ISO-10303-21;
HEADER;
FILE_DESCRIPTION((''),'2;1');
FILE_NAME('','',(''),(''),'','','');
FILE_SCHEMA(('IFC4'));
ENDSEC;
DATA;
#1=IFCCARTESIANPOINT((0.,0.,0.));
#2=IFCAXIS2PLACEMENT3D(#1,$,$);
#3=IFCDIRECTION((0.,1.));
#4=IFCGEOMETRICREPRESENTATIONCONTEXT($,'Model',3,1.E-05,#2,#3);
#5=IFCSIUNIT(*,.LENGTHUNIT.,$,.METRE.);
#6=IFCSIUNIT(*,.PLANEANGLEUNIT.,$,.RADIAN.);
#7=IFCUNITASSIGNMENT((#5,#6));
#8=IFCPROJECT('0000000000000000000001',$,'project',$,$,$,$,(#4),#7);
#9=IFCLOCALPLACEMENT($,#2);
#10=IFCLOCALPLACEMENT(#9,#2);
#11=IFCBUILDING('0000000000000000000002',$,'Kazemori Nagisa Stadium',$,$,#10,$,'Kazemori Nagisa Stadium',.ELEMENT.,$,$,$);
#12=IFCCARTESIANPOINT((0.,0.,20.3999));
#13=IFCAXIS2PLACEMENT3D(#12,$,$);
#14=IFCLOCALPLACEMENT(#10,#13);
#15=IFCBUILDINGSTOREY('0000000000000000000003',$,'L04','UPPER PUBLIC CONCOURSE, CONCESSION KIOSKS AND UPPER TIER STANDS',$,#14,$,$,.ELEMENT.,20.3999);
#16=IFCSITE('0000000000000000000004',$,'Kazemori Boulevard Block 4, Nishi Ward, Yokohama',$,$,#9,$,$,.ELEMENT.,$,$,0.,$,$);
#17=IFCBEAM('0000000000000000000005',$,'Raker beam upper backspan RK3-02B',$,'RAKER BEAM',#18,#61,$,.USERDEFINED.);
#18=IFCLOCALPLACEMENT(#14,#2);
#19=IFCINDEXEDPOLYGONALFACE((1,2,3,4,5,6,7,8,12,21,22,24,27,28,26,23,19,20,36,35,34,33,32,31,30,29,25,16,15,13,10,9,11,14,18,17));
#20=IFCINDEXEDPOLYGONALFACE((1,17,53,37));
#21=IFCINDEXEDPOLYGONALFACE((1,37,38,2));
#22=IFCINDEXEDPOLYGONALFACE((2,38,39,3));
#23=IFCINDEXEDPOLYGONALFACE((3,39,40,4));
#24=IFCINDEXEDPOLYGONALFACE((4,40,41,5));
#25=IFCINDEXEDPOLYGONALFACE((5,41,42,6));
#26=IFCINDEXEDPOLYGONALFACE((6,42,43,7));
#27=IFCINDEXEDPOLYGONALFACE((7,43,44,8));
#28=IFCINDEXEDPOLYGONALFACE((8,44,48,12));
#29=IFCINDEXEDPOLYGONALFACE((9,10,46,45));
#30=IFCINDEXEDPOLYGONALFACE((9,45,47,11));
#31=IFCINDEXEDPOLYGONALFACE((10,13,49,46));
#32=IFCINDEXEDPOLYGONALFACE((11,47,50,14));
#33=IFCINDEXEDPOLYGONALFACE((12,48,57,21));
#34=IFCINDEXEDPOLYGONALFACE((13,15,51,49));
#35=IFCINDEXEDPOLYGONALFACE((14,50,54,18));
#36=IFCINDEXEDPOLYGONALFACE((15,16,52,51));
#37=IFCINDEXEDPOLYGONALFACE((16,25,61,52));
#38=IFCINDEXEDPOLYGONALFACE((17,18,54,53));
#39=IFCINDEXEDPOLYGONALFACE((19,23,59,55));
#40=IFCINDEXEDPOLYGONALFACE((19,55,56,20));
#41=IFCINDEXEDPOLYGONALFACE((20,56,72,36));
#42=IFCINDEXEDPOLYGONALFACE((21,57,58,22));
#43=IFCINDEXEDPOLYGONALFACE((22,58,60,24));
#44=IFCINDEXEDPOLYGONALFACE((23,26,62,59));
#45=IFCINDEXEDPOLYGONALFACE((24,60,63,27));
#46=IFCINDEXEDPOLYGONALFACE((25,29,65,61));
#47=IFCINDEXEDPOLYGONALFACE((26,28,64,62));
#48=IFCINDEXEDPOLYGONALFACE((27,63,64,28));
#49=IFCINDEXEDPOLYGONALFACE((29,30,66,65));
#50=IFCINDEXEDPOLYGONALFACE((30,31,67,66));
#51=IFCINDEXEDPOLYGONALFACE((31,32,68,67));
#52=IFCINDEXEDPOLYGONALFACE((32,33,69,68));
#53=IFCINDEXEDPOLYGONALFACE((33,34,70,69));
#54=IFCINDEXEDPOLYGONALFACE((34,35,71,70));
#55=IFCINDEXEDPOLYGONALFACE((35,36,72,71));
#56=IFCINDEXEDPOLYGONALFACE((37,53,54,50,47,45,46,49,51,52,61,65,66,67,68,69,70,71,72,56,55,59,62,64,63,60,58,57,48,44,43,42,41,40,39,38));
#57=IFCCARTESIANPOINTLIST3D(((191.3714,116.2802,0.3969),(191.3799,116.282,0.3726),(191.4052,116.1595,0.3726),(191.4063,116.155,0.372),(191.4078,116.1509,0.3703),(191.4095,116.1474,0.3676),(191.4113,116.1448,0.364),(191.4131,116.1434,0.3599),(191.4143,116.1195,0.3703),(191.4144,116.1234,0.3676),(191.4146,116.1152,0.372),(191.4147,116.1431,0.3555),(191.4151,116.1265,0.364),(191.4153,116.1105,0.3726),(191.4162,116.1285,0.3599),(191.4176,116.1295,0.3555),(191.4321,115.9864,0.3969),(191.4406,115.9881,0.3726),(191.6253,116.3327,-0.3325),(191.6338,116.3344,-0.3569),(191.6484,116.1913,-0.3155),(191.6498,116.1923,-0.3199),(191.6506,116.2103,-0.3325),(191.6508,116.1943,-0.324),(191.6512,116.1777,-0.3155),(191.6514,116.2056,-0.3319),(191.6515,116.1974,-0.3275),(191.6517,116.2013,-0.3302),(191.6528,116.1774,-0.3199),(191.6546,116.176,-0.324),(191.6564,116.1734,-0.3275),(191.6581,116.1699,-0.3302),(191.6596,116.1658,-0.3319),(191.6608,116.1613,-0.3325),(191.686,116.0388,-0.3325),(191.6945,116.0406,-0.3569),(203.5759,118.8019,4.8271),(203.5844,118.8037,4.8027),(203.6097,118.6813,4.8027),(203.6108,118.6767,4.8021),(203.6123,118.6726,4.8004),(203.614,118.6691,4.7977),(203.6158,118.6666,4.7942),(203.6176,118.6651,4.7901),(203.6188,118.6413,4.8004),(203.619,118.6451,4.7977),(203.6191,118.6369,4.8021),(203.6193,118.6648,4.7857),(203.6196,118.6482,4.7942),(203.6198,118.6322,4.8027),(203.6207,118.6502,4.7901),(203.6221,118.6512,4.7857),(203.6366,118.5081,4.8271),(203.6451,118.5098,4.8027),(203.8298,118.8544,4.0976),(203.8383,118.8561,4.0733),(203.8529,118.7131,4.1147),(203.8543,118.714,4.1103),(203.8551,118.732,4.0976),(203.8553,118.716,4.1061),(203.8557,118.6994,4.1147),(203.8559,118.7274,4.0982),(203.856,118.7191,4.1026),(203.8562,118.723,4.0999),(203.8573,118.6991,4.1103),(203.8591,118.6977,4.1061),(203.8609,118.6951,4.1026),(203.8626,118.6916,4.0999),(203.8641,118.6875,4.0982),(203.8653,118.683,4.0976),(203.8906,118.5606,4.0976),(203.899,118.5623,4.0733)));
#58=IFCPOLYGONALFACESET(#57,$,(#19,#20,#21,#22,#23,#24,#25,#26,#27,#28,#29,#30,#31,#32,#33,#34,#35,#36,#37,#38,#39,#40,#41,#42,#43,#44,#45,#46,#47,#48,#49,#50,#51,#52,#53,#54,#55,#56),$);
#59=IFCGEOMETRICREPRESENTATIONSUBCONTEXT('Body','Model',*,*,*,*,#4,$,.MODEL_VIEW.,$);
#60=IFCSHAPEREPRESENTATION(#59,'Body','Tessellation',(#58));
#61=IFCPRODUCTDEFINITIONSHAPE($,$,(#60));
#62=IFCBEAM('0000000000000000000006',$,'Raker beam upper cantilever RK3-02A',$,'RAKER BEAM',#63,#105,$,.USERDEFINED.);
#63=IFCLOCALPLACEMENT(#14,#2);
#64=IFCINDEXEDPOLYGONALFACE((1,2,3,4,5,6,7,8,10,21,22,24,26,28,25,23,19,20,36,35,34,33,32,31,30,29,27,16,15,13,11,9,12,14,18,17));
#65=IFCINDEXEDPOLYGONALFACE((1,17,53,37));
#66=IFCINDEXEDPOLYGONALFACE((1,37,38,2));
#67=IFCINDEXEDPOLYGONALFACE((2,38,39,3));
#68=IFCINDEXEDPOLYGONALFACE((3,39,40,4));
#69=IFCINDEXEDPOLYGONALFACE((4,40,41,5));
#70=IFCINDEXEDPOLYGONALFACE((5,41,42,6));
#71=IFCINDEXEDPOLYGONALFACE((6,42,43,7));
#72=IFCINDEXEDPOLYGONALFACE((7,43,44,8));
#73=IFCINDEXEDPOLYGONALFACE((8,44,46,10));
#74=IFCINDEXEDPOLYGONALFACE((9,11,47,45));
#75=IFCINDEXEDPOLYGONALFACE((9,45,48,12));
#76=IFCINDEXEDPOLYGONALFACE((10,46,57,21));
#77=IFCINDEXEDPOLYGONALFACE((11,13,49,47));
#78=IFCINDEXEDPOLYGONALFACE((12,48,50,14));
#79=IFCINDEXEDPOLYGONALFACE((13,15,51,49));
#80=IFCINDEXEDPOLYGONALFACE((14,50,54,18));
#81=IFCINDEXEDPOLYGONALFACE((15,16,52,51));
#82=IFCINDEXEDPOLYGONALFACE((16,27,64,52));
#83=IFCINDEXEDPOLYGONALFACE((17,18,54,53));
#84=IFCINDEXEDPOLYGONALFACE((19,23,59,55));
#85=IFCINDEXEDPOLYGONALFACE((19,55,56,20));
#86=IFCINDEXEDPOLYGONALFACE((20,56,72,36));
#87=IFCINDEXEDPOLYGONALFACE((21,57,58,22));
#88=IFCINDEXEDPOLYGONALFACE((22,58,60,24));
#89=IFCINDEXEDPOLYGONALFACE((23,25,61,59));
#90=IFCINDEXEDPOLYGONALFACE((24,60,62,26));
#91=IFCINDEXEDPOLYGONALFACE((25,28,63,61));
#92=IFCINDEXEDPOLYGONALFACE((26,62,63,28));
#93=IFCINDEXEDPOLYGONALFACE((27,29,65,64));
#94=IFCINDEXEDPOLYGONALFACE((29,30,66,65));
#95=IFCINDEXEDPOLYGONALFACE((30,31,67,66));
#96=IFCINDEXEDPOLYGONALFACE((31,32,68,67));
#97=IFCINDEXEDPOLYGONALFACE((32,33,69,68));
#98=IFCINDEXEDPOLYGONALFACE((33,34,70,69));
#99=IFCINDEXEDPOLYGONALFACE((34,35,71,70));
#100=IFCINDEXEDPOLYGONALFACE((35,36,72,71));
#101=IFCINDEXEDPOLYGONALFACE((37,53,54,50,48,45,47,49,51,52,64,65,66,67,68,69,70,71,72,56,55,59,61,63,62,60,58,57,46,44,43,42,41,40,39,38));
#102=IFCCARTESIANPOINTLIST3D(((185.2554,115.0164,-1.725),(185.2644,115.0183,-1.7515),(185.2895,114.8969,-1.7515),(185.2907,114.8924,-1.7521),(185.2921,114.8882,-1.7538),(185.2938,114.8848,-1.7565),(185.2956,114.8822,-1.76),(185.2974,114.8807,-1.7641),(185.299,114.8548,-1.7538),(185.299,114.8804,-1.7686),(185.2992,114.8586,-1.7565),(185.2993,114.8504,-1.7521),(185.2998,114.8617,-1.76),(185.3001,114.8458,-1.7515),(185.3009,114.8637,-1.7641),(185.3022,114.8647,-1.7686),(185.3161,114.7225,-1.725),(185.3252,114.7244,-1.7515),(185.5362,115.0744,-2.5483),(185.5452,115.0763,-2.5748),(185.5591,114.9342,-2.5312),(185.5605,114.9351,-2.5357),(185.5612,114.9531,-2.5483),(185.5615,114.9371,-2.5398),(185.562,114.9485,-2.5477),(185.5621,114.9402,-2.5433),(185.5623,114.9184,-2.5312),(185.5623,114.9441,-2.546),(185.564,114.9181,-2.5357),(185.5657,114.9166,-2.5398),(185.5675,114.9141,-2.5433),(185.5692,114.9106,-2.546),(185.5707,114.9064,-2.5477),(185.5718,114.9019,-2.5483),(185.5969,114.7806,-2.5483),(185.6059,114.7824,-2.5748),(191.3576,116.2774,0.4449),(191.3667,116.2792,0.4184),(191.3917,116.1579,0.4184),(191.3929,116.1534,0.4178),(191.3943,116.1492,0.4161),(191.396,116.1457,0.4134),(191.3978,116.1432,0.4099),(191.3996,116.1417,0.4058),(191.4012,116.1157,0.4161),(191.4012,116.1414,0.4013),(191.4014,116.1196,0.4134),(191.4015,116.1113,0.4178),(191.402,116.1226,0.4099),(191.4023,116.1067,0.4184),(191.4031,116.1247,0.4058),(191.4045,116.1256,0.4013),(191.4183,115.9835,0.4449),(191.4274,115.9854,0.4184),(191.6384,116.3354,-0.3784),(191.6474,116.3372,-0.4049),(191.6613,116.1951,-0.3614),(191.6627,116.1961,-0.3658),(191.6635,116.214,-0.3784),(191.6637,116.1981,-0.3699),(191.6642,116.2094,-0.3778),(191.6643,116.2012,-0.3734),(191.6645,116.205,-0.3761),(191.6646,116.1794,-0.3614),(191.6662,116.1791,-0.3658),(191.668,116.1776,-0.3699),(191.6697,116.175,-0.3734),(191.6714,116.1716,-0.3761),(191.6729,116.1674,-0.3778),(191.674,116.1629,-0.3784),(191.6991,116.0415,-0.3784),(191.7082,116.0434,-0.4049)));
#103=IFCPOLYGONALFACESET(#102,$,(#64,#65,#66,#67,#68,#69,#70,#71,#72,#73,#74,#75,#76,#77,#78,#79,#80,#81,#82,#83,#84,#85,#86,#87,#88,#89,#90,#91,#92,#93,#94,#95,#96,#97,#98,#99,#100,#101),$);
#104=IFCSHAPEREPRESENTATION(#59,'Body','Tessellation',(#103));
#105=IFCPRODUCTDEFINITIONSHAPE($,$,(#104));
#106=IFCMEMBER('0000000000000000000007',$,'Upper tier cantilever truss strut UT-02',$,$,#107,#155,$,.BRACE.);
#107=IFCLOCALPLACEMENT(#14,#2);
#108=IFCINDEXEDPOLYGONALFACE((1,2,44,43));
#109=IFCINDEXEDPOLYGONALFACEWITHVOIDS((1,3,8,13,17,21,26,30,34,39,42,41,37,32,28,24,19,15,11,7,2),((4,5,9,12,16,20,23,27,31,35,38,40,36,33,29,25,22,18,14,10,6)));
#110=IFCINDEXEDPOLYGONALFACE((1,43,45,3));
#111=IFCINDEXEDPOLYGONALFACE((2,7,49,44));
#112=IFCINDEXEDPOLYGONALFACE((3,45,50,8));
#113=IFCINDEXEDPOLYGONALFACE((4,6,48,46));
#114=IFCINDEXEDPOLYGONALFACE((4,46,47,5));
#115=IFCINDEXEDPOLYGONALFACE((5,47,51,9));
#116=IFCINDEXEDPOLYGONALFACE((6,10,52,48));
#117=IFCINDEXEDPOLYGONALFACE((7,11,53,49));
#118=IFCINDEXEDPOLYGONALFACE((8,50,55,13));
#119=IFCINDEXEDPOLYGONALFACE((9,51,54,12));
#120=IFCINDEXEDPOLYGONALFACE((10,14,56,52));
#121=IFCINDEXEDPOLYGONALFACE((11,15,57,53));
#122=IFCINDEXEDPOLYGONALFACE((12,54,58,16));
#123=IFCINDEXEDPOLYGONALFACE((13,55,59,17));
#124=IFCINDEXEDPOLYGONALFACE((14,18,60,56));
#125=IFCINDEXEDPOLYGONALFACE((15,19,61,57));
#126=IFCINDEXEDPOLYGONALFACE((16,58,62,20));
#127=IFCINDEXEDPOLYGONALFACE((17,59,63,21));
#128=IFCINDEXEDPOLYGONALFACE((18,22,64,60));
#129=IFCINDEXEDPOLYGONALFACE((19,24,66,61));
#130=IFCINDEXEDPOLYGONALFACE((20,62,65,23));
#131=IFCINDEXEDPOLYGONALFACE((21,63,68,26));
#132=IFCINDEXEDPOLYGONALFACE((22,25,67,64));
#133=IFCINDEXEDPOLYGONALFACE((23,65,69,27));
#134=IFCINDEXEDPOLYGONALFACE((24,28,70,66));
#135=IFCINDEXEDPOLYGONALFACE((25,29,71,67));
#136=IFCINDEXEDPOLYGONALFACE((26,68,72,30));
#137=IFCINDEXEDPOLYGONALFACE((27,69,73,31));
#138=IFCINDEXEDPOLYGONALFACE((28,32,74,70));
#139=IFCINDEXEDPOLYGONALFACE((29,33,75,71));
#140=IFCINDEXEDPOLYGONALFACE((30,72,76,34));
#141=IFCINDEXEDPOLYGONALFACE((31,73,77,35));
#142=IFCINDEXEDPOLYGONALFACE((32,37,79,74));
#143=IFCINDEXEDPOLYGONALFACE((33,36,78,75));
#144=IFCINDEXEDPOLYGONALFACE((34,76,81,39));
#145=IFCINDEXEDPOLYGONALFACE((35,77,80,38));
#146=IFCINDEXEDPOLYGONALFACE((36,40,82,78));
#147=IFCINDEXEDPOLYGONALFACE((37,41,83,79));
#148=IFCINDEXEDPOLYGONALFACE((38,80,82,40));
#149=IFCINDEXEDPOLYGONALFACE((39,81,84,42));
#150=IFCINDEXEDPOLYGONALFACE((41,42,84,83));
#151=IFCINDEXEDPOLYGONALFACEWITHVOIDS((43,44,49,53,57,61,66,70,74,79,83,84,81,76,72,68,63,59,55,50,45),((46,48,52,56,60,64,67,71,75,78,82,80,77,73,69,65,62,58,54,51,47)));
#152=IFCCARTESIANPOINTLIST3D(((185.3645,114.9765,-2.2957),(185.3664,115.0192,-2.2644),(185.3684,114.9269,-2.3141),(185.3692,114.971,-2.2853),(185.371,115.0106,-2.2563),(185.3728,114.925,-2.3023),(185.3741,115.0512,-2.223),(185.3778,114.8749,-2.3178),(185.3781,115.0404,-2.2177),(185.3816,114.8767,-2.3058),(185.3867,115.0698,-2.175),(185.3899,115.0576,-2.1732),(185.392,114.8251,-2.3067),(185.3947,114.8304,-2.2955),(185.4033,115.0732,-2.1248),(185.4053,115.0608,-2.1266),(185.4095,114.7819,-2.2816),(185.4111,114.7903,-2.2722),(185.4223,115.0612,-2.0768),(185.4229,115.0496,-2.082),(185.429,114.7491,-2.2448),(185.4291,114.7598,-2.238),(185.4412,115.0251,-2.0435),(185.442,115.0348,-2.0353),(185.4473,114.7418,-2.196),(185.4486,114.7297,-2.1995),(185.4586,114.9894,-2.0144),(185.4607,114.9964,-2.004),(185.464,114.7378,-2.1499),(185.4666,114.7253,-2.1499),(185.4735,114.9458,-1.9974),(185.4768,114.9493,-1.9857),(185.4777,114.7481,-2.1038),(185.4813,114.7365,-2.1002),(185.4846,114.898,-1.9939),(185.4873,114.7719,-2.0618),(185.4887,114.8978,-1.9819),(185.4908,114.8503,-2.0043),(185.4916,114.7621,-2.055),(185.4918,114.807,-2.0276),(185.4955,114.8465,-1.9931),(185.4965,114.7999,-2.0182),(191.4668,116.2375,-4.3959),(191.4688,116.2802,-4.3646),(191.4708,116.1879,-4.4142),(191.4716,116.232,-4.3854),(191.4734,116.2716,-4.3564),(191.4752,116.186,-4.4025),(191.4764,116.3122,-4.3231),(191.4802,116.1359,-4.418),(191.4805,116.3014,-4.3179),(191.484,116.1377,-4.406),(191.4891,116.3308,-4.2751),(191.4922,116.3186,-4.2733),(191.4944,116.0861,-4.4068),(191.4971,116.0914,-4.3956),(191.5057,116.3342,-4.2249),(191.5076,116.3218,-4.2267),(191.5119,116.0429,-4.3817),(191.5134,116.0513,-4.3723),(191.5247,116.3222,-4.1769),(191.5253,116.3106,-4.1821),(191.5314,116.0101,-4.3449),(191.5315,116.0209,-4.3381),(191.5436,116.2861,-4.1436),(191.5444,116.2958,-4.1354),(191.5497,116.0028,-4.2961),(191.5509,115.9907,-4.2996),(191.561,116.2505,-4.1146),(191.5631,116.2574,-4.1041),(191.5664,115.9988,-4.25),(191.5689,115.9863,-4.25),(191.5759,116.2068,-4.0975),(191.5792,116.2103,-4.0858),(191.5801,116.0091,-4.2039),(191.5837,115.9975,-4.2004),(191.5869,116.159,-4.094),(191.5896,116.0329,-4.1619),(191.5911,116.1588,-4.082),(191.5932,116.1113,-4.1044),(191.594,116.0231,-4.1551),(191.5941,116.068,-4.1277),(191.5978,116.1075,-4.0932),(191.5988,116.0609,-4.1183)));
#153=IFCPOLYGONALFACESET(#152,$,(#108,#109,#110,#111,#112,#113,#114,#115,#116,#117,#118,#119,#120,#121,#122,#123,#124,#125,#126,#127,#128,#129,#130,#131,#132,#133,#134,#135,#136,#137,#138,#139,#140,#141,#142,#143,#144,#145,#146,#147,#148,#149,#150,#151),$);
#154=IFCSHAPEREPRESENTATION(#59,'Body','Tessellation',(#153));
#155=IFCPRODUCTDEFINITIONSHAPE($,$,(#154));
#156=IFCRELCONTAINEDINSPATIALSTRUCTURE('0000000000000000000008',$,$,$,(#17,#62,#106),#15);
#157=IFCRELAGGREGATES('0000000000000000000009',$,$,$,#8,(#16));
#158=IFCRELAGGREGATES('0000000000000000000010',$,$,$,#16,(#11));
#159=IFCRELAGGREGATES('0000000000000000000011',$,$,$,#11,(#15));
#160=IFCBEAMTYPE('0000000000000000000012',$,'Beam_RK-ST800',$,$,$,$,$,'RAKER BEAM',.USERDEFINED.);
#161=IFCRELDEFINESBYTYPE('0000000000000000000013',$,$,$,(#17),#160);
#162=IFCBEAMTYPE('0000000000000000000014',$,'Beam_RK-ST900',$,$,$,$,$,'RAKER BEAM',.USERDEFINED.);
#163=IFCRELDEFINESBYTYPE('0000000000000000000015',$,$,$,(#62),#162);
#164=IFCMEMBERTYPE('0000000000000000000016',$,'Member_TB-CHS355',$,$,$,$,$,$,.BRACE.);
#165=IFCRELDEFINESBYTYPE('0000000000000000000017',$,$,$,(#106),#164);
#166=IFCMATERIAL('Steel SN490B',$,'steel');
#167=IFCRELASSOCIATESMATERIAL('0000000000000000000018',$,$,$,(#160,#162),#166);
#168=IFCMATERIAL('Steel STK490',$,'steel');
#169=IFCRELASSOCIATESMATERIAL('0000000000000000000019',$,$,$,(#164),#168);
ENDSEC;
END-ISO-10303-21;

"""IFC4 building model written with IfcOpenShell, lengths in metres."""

from ifc_helpers import new_model, si_unit, direction, frame, origin, origin_2d, place, context, subcontext, project, spatial, hollow_circle, i_section, extrude, material, material_profile, profile_set, type_object, element, save


model = new_model("IFC4")

# Units and contexts
model_context = context("Model", 3, precision=1e-05, world=origin(), true_north=direction((0.0, 1.0)))
body_context = subcontext(model_context, "Body", "Model", "MODEL_VIEW")
ifc_project = project(units=[si_unit("LENGTHUNIT", "METRE"), si_unit("PLANEANGLEUNIT", "RADIAN")], contexts=[model_context])

# Site, building, storey
site_placement = place(None, origin())
site = spatial("IfcSite", under=ifc_project, at=site_placement, Name="Kazemori Boulevard Block 4, Nishi Ward, Yokohama", CompositionType="ELEMENT", RefElevation=0.0)
building_placement = place(site_placement, origin())
building = spatial("IfcBuilding", under=site, at=building_placement, Name="Kazemori Nagisa Stadium", LongName="Kazemori Nagisa Stadium", CompositionType="ELEMENT")
storey_placement = place(building_placement, frame((0.0, 0.0, 20.3999)))
storey = spatial("IfcBuildingStorey", under=building, at=storey_placement, Name="L04", Description="UPPER PUBLIC CONCOURSE, CONCESSION KIOSKS AND UPPER TIER STANDS", CompositionType="ELEMENT", Elevation=20.3999)

# Beams
ifc_material_1 = material(Name="Steel SN490B", Category="steel")
ifc_material_profile_1 = material_profile(ifc_material_1, i_section(OverallWidth=0.3, OverallDepth=0.8, WebThickness=0.0139, FlangeThickness=0.0259, FilletRadius=0.0181, at=origin_2d()), Name="H-800x300x14x26")
ifc_profile_set_1 = profile_set([ifc_material_profile_1], Name="Steel SN490B")
beam_type_1 = type_object("IfcBeamType", Name="Beam_RK-ST800", ElementType="RAKER BEAM", PredefinedType="USERDEFINED", material=ifc_profile_set_1)
beam_1_placement = place(storey_placement, frame((191.533, 116.1604, 0.02), z_axis=(0.922745, 0.190659, 0.33495), x_axis=(-0.202347, 0.979314, 0.0)))
element("IfcBeam", 1, at=beam_1_placement, inside=storey, type_object=beam_type_1, Name="Raker beam upper backspan RK3-02B", ObjectType="RAKER BEAM", PredefinedType="USERDEFINED", context=body_context, shape_type="SweptSolid", body=[
    extrude(i_section(OverallWidth=0.3, OverallDepth=0.8, WebThickness=0.0139, FlangeThickness=0.0259, FilletRadius=0.0181, at=origin_2d()), origin(), (0.0, 0.0, 1.0), 13.2263),
])
ifc_material_profile_2 = material_profile(ifc_material_1, i_section(OverallWidth=0.3, OverallDepth=0.8999, WebThickness=0.0161, FlangeThickness=0.0281, FilletRadius=0.0181, at=origin_2d()), Name="H-900x300x16x28")
ifc_profile_set_2 = profile_set([ifc_material_profile_2], Name="Steel SN490B")
beam_type_2 = type_object("IfcBeamType", Name="Beam_RK-ST900", ElementType="RAKER BEAM", PredefinedType="USERDEFINED", material=ifc_profile_set_2)
beam_2_placement = place(storey_placement, frame((185.4307, 114.8994, -2.1499), z_axis=(0.924838, 0.19111, 0.328864), x_axis=(-0.202366, 0.97931, 0.0)))
element("IfcBeam", 2, at=beam_2_placement, inside=storey, type_object=beam_type_2, Name="Raker beam upper cantilever RK3-02A", ObjectType="RAKER BEAM", PredefinedType="USERDEFINED", context=body_context, shape_type="SweptSolid", body=[
    extrude(i_section(OverallWidth=0.3, OverallDepth=0.8999, WebThickness=0.0161, FlangeThickness=0.0281, FilletRadius=0.0181, at=origin_2d()), origin(), (0.0, 0.0, 1.0), 6.5981),
])

# Member
ifc_material_2 = material(Name="Steel STK490", Category="steel")
ifc_material_profile_3 = material_profile(ifc_material_2, hollow_circle(Radius=0.1777, WallThickness=0.0127, at=origin_2d()), Name="CHS-355.6x12.7")
ifc_profile_set_3 = profile_set([ifc_material_profile_3], Name="Steel STK490")
member_type = type_object("IfcMemberType", Name="Member_TB-CHS355", PredefinedType="BRACE", material=ifc_profile_set_3)
member_placement = place(storey_placement, frame((191.533, 116.1604, -4.25), z_axis=(-0.928021, -0.191768, 0.319377), x_axis=(0.202366, -0.97931, 0.0)))
element("IfcMember", 3, at=member_placement, inside=storey, type_object=member_type, Name="Upper tier cantilever truss strut UT-02", PredefinedType="BRACE", context=body_context, shape_type="SweptSolid", body=[
    extrude(hollow_circle(Radius=0.1777, WallThickness=0.0127, at=origin_2d()), origin(), (0.0, 0.0, 1.0), 6.5757),
])

save(model, "model.ifc")
